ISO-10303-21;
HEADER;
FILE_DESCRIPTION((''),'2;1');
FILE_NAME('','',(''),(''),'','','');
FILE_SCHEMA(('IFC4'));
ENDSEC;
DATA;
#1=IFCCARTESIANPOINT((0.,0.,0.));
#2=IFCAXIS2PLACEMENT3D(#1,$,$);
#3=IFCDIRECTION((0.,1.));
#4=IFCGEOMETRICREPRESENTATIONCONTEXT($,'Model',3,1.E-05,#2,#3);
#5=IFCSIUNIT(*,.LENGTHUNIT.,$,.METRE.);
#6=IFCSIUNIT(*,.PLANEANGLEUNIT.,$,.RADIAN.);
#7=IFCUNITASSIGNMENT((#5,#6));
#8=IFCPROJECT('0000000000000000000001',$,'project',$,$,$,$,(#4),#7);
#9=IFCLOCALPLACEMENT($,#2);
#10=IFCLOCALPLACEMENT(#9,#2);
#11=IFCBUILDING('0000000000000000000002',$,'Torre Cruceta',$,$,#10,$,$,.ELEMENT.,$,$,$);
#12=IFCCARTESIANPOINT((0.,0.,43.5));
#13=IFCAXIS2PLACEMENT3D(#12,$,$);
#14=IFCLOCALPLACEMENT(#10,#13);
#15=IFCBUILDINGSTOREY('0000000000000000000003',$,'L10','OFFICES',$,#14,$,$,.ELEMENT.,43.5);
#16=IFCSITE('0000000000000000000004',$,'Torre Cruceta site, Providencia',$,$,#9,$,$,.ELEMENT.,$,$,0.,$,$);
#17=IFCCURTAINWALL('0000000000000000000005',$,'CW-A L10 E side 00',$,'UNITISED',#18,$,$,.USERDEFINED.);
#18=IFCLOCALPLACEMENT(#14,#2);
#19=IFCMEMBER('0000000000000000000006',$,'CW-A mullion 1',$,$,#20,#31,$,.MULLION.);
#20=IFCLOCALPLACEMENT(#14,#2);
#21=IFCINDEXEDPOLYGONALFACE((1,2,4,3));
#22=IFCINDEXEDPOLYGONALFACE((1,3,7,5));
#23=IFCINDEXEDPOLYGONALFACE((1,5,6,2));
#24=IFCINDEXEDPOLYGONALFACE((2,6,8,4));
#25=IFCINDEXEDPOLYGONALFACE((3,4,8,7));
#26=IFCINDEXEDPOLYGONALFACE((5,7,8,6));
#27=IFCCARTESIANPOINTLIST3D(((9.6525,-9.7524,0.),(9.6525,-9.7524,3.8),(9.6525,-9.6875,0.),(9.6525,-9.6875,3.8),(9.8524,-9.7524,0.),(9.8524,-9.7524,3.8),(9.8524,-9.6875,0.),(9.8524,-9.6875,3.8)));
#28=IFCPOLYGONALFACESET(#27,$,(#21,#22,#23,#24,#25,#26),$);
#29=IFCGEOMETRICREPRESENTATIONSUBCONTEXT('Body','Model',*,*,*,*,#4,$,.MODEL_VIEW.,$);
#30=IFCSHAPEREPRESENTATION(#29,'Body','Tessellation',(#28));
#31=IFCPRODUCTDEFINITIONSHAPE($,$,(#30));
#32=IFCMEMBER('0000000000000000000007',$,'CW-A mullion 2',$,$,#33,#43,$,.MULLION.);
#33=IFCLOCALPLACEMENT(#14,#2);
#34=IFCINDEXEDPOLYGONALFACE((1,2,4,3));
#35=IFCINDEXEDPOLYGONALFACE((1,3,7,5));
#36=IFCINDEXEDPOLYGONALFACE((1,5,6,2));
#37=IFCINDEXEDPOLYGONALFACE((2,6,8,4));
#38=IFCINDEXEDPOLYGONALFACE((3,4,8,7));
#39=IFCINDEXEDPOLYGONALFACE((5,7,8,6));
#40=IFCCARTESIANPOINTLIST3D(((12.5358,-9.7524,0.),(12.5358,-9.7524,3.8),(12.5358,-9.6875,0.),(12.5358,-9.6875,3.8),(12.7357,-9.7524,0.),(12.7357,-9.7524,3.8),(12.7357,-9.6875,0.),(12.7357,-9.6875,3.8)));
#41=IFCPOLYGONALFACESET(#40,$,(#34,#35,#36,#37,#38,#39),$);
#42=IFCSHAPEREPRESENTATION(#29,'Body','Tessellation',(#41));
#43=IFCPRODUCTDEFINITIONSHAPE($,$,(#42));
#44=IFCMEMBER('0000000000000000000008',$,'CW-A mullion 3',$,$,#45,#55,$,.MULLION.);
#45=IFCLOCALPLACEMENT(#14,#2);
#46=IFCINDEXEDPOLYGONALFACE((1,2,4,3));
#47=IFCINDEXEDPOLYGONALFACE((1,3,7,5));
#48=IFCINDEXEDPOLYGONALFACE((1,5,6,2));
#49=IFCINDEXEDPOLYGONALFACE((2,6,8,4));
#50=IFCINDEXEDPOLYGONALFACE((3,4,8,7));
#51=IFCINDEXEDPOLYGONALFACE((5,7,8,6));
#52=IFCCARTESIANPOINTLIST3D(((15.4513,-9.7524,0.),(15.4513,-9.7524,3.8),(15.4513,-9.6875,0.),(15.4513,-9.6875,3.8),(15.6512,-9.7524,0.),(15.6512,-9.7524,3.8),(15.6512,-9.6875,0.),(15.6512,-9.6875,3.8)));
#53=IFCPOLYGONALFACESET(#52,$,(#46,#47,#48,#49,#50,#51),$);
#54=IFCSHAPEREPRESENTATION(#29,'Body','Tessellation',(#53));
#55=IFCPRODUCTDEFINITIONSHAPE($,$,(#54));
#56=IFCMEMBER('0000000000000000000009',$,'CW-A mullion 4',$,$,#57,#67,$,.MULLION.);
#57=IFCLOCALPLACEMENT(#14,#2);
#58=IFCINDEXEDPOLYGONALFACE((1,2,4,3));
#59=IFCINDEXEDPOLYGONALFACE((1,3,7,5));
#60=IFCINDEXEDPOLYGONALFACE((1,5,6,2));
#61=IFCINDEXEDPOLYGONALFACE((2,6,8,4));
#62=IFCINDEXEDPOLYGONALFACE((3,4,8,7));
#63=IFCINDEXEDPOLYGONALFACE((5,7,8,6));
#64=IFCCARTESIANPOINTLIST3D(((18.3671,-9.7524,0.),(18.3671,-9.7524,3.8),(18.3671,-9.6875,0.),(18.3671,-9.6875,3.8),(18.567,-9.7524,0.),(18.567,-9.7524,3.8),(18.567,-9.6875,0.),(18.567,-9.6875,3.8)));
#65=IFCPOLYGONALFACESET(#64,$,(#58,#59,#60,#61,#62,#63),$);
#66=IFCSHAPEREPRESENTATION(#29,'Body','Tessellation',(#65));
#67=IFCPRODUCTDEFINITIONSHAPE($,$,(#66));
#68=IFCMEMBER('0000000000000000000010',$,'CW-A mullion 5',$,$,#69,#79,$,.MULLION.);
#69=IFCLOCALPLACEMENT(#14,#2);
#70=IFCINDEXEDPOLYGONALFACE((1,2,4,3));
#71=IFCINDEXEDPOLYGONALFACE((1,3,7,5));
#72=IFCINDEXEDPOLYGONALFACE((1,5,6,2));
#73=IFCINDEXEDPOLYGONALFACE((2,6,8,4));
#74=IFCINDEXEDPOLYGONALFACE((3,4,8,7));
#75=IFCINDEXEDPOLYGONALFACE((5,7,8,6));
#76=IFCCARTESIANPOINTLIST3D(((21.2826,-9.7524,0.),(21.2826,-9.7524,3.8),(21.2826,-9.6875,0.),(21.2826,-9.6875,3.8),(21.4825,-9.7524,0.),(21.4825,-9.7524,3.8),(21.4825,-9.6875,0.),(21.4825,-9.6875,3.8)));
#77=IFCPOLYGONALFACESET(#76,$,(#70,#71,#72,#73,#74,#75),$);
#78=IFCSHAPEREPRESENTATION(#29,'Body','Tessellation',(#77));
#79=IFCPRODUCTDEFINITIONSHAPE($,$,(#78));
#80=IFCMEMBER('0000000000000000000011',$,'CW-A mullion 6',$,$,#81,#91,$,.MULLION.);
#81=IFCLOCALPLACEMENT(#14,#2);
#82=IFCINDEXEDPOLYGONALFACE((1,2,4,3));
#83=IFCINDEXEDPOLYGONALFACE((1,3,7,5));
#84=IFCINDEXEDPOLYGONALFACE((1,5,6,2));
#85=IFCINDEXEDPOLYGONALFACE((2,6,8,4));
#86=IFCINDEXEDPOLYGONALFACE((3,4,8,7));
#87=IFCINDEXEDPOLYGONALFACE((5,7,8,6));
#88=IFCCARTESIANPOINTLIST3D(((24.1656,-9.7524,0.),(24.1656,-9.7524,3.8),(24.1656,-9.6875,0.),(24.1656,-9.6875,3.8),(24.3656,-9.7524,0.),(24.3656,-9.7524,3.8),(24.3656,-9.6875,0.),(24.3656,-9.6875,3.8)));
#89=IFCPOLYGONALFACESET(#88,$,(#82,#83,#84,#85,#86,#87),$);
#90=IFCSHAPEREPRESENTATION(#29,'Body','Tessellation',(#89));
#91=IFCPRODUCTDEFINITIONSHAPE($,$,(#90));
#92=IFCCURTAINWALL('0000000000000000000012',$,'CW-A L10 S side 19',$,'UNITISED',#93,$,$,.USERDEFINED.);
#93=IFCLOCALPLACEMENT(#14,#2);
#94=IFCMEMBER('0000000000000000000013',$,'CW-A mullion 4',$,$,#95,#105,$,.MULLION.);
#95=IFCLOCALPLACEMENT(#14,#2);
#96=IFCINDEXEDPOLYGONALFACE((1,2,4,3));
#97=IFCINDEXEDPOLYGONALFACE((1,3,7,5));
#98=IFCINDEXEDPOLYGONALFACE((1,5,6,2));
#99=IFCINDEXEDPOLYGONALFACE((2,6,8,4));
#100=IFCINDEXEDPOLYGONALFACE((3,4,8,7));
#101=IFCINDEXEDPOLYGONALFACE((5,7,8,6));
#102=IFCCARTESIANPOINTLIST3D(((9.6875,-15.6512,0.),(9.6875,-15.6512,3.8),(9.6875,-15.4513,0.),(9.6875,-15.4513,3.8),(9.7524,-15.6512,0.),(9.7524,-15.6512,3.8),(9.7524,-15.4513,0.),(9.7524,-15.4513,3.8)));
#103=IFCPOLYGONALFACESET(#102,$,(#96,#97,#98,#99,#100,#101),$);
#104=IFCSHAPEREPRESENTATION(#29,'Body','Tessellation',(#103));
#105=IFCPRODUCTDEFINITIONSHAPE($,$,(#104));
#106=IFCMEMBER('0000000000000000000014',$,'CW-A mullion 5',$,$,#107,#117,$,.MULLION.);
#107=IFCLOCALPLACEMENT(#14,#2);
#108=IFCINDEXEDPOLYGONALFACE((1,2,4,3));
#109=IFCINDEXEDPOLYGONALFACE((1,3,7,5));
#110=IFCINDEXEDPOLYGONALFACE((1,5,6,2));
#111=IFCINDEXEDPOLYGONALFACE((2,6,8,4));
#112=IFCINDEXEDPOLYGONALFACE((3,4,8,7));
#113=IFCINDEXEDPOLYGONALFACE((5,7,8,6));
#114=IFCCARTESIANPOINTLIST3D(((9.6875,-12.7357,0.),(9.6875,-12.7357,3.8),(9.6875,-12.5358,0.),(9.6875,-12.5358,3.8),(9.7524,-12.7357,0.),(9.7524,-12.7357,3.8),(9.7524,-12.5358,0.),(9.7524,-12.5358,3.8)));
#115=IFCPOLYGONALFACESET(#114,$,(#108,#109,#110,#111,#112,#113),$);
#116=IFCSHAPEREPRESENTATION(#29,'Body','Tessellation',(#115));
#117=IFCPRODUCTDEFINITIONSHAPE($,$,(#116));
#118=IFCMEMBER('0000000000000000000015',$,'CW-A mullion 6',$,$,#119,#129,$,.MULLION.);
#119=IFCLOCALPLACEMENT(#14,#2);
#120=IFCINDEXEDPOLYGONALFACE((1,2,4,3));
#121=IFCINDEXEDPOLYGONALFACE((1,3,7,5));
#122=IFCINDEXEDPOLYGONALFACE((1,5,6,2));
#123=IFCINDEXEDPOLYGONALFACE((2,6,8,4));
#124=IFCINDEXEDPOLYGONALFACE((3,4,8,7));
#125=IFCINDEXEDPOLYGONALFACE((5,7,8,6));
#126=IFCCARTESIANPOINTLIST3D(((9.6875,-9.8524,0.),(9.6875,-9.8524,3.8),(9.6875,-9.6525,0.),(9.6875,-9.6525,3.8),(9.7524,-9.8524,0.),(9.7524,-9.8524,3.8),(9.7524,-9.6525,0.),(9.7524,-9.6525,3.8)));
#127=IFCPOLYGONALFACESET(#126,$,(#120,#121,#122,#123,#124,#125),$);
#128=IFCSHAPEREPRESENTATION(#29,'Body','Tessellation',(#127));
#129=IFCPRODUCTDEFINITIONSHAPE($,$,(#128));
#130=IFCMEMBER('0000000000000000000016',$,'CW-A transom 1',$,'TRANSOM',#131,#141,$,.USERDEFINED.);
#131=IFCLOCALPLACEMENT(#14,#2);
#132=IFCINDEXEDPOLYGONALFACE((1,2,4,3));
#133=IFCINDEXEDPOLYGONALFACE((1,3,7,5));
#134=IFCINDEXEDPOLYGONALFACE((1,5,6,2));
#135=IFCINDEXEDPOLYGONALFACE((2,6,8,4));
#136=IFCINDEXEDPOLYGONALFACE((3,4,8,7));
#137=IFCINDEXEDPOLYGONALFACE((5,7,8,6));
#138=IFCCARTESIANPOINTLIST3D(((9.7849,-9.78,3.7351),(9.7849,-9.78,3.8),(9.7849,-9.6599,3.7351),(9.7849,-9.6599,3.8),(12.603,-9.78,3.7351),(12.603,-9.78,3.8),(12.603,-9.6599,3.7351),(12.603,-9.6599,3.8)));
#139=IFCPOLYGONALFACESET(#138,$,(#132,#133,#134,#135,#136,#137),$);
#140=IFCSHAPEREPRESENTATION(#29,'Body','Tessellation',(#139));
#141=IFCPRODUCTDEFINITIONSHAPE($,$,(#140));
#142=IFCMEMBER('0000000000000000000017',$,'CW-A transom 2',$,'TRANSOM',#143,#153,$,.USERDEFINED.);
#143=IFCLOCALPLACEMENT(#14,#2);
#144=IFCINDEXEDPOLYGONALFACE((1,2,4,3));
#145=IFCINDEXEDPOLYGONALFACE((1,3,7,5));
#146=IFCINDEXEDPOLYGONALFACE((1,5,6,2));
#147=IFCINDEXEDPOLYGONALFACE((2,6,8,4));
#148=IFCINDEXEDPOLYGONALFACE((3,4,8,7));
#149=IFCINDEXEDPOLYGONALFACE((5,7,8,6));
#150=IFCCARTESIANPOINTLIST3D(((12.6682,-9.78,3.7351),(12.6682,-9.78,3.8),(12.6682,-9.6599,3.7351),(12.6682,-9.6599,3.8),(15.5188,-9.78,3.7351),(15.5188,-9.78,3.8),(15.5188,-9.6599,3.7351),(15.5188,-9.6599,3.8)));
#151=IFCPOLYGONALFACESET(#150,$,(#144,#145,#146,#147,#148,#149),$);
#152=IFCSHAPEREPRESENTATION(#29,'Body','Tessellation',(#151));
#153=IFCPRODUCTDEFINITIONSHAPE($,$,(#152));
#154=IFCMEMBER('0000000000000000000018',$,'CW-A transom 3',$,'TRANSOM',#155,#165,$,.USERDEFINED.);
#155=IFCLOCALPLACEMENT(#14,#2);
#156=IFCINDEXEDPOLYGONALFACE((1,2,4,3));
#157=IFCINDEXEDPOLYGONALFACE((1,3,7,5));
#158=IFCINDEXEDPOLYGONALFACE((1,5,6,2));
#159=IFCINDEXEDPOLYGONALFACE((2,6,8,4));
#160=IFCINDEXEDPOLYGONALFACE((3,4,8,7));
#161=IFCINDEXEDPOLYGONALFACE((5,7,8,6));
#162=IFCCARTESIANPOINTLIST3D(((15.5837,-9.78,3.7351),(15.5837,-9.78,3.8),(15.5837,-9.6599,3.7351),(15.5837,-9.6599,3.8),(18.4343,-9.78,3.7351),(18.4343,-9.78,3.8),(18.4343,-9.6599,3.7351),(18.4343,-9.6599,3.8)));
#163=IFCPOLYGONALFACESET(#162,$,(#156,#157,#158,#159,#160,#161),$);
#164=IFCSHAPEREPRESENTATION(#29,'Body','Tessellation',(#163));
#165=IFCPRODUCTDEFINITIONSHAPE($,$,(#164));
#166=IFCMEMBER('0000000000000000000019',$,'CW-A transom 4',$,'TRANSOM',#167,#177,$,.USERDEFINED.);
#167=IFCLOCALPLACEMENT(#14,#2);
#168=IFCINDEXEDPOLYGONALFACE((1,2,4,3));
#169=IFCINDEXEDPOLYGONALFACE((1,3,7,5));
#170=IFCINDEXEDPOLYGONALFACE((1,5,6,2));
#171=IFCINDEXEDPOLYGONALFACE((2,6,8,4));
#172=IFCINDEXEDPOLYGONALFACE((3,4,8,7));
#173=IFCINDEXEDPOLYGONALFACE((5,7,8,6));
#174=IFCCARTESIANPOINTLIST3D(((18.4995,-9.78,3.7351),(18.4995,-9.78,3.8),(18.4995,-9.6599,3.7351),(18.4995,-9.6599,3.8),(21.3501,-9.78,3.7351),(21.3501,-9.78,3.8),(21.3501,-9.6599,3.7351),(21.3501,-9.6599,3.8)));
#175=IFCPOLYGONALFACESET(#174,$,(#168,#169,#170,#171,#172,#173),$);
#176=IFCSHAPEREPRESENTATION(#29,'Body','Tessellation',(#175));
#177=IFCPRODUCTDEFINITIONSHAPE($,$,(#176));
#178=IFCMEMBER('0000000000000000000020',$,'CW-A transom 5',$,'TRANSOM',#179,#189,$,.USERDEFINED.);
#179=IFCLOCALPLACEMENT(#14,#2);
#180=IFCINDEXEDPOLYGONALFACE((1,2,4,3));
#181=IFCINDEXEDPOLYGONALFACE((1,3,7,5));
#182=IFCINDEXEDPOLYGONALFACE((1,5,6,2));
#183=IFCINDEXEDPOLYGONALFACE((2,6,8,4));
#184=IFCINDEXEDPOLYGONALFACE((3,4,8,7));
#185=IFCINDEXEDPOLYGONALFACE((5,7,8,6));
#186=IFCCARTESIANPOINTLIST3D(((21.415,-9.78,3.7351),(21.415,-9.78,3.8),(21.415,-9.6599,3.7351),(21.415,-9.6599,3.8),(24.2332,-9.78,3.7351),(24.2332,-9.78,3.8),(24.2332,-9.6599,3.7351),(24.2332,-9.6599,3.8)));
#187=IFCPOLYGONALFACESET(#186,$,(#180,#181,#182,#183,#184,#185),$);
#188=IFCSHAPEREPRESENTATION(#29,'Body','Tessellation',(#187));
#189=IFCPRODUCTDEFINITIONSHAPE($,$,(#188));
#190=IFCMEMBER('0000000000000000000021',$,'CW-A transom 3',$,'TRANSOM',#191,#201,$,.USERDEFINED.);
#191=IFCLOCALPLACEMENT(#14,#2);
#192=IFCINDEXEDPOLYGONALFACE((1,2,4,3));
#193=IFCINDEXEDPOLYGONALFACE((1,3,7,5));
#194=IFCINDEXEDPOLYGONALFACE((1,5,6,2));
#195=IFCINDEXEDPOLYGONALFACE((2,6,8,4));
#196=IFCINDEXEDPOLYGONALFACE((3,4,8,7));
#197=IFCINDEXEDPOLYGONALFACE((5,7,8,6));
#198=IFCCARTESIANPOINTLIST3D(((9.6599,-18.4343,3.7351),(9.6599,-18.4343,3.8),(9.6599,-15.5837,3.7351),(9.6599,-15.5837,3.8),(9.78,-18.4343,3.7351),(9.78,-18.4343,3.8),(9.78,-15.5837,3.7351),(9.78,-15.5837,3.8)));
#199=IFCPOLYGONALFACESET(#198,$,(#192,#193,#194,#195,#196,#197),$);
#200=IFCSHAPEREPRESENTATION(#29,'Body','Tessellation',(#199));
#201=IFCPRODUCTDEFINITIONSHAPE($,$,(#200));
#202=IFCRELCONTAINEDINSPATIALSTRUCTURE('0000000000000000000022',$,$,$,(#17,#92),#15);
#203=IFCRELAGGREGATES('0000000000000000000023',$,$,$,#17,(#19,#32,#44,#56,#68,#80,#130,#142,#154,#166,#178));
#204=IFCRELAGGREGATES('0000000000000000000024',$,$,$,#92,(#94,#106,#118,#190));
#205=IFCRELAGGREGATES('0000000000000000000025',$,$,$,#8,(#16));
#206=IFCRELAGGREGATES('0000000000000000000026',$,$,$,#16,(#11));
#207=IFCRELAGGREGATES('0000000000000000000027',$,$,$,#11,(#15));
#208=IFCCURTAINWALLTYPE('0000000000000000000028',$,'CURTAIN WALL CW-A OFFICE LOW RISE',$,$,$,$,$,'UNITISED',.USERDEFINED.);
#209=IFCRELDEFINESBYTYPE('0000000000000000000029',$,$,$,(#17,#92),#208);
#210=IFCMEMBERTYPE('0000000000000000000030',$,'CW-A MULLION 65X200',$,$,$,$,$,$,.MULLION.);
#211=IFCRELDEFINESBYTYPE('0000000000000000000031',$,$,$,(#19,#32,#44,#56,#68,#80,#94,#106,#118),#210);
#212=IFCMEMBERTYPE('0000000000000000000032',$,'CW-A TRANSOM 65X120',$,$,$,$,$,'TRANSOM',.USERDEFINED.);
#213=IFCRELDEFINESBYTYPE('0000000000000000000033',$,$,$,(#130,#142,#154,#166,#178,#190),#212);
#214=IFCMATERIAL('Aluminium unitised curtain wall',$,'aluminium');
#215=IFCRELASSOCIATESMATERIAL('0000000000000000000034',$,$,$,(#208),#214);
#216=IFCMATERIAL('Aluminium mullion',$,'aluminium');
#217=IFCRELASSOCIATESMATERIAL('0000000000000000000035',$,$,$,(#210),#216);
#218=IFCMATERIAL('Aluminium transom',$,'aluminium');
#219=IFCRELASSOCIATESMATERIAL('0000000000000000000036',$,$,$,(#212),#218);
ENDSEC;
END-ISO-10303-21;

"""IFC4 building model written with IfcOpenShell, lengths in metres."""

from ifc_helpers import new_model, si_unit, direction, frame, origin, origin_2d, place, context, subcontext, project, spatial, rectangle, extrude, material, material_profile, profile_set, type_object, element, aggregate, save


model = new_model("IFC4")

# Units and contexts
model_context = context("Model", 3, precision=1e-05, world=origin(), true_north=direction((0.0, 1.0)))
body_context = subcontext(model_context, "Body", "Model", "MODEL_VIEW")
ifc_project = project(units=[si_unit("LENGTHUNIT", "METRE"), si_unit("PLANEANGLEUNIT", "RADIAN")], contexts=[model_context])

# Site, building, storey
site_placement = place(None, origin())
site = spatial("IfcSite", under=ifc_project, at=site_placement, Name="Torre Cruceta site, Providencia", CompositionType="ELEMENT", RefElevation=0.0)
building_placement = place(site_placement, origin())
building = spatial("IfcBuilding", under=site, at=building_placement, Name="Torre Cruceta", CompositionType="ELEMENT")
storey_placement = place(building_placement, frame((0.0, 0.0, 43.5)))
storey = spatial("IfcBuildingStorey", under=building, at=storey_placement, Name="L10", Description="OFFICES", CompositionType="ELEMENT", Elevation=43.5)

# Curtain walls, members
ifc_material_1 = material(Name="Aluminium unitised curtain wall", Category="aluminium")
curtain_wall_type = type_object("IfcCurtainWallType", Name="CURTAIN WALL CW-A OFFICE LOW RISE", ElementType="UNITISED", PredefinedType="USERDEFINED", material=ifc_material_1)
curtain_wall_1_placement = place(storey_placement, origin())
curtain_wall_1 = element("IfcCurtainWall", 1, at=curtain_wall_1_placement, inside=storey, type_object=curtain_wall_type, Name="CW-A L10 E side 00", ObjectType="UNITISED", PredefinedType="USERDEFINED")
ifc_material_2 = material(Name="Aluminium mullion", Category="aluminium")
ifc_material_profile_1 = material_profile(ifc_material_2, rectangle(XDim=0.0649, YDim=0.2, at=origin_2d()), Name="AL 65X200")
ifc_profile_set_1 = profile_set([ifc_material_profile_1], Name="Aluminium mullion")
member_type_1 = type_object("IfcMemberType", Name="CW-A MULLION 65X200", PredefinedType="MULLION", material=ifc_profile_set_1)
member_1_placement = place(storey_placement, frame((9.7524, -9.72, 0.0), z_axis=(0.0, 0.0, 1.0), x_axis=(0.0, 1.0, 0.0)))
member_1 = element("IfcMember", 2, at=member_1_placement, type_object=member_type_1, Name="CW-A mullion 1", PredefinedType="MULLION", context=body_context, shape_type="SweptSolid", body=[
    extrude(rectangle(XDim=0.0649, YDim=0.2, at=origin_2d()), origin(), (0.0, 0.0, 1.0), 3.8),
])
member_2_placement = place(storey_placement, frame((12.6357, -9.72, 0.0), z_axis=(0.0, 0.0, 1.0), x_axis=(0.0, 1.0, 0.0)))
member_2 = element("IfcMember", 3, at=member_2_placement, type_object=member_type_1, Name="CW-A mullion 2", PredefinedType="MULLION", context=body_context, shape_type="SweptSolid", body=[
    extrude(rectangle(XDim=0.0649, YDim=0.2, at=origin_2d()), origin(), (0.0, 0.0, 1.0), 3.8),
])
member_3_placement = place(storey_placement, frame((15.5513, -9.72, 0.0), z_axis=(0.0, 0.0, 1.0), x_axis=(0.0, 1.0, 0.0)))
member_3 = element("IfcMember", 4, at=member_3_placement, type_object=member_type_1, Name="CW-A mullion 3", PredefinedType="MULLION", context=body_context, shape_type="SweptSolid", body=[
    extrude(rectangle(XDim=0.0649, YDim=0.2, at=origin_2d()), origin(), (0.0, 0.0, 1.0), 3.8),
])
member_4_placement = place(storey_placement, frame((18.467, -9.72, 0.0), z_axis=(0.0, 0.0, 1.0), x_axis=(0.0, 1.0, 0.0)))
member_4 = element("IfcMember", 5, at=member_4_placement, type_object=member_type_1, Name="CW-A mullion 4", PredefinedType="MULLION", context=body_context, shape_type="SweptSolid", body=[
    extrude(rectangle(XDim=0.0649, YDim=0.2, at=origin_2d()), origin(), (0.0, 0.0, 1.0), 3.8),
])
member_5_placement = place(storey_placement, frame((21.3826, -9.72, 0.0), z_axis=(0.0, 0.0, 1.0), x_axis=(0.0, 1.0, 0.0)))
member_5 = element("IfcMember", 6, at=member_5_placement, type_object=member_type_1, Name="CW-A mullion 5", PredefinedType="MULLION", context=body_context, shape_type="SweptSolid", body=[
    extrude(rectangle(XDim=0.0649, YDim=0.2, at=origin_2d()), origin(), (0.0, 0.0, 1.0), 3.8),
])
member_6_placement = place(storey_placement, frame((24.2656, -9.72, 0.0), z_axis=(0.0, 0.0, 1.0), x_axis=(0.0, 1.0, 0.0)))
member_6 = element("IfcMember", 7, at=member_6_placement, type_object=member_type_1, Name="CW-A mullion 6", PredefinedType="MULLION", context=body_context, shape_type="SweptSolid", body=[
    extrude(rectangle(XDim=0.0649, YDim=0.2, at=origin_2d()), origin(), (0.0, 0.0, 1.0), 3.8),
])
curtain_wall_2_placement = place(storey_placement, origin())
curtain_wall_2 = element("IfcCurtainWall", 8, at=curtain_wall_2_placement, inside=storey, type_object=curtain_wall_type, Name="CW-A L10 S side 19", ObjectType="UNITISED", PredefinedType="USERDEFINED")
member_7_placement = place(storey_placement, frame((9.72, -15.5513, 0.0), z_axis=(0.0, 0.0, 1.0), x_axis=(-1.0, 0.0, 0.0)))
member_7 = element("IfcMember", 9, at=member_7_placement, type_object=member_type_1, Name="CW-A mullion 4", PredefinedType="MULLION", context=body_context, shape_type="SweptSolid", body=[
    extrude(rectangle(XDim=0.0649, YDim=0.2, at=origin_2d()), origin(), (0.0, 0.0, 1.0), 3.8),
])
member_8_placement = place(storey_placement, frame((9.72, -12.6357, 0.0), z_axis=(0.0, 0.0, 1.0), x_axis=(-1.0, 0.0, 0.0)))
member_8 = element("IfcMember", 10, at=member_8_placement, type_object=member_type_1, Name="CW-A mullion 5", PredefinedType="MULLION", context=body_context, shape_type="SweptSolid", body=[
    extrude(rectangle(XDim=0.0649, YDim=0.2, at=origin_2d()), origin(), (0.0, 0.0, 1.0), 3.8),
])
member_9_placement = place(storey_placement, frame((9.72, -9.7524, 0.0), z_axis=(0.0, 0.0, 1.0), x_axis=(-1.0, 0.0, 0.0)))
member_9 = element("IfcMember", 11, at=member_9_placement, type_object=member_type_1, Name="CW-A mullion 6", PredefinedType="MULLION", context=body_context, shape_type="SweptSolid", body=[
    extrude(rectangle(XDim=0.0649, YDim=0.2, at=origin_2d()), origin(), (0.0, 0.0, 1.0), 3.8),
])

# Members
ifc_material_3 = material(Name="Aluminium transom", Category="aluminium")
ifc_material_profile_2 = material_profile(ifc_material_3, rectangle(XDim=0.1201, YDim=0.0649, at=origin_2d()), Name="AL 120X65")
ifc_profile_set_2 = profile_set([ifc_material_profile_2], Name="Aluminium transom")
member_type_2 = type_object("IfcMemberType", Name="CW-A TRANSOM 65X120", ElementType="TRANSOM", PredefinedType="USERDEFINED", material=ifc_profile_set_2)
member_10_placement = place(storey_placement, frame((9.7849, -9.72, 3.7676), z_axis=(1.0, 0.0, 0.0), x_axis=(0.0, 1.0, 0.0)))
member_10 = element("IfcMember", 12, at=member_10_placement, type_object=member_type_2, Name="CW-A transom 1", ObjectType="TRANSOM", PredefinedType="USERDEFINED", context=body_context, shape_type="SweptSolid", body=[
    extrude(rectangle(XDim=0.1201, YDim=0.0649, at=origin_2d()), origin(), (0.0, 0.0, 1.0), 2.8181),
])
member_11_placement = place(storey_placement, frame((12.6682, -9.72, 3.7676), z_axis=(1.0, 0.0, 0.0), x_axis=(0.0, 1.0, 0.0)))
member_11 = element("IfcMember", 13, at=member_11_placement, type_object=member_type_2, Name="CW-A transom 2", ObjectType="TRANSOM", PredefinedType="USERDEFINED", context=body_context, shape_type="SweptSolid", body=[
    extrude(rectangle(XDim=0.1201, YDim=0.0649, at=origin_2d()), origin(), (0.0, 0.0, 1.0), 2.8506),
])
member_12_placement = place(storey_placement, frame((15.5837, -9.72, 3.7676), z_axis=(1.0, 0.0, 0.0), x_axis=(0.0, 1.0, 0.0)))
member_12 = element("IfcMember", 14, at=member_12_placement, type_object=member_type_2, Name="CW-A transom 3", ObjectType="TRANSOM", PredefinedType="USERDEFINED", context=body_context, shape_type="SweptSolid", body=[
    extrude(rectangle(XDim=0.1201, YDim=0.0649, at=origin_2d()), origin(), (0.0, 0.0, 1.0), 2.8506),
])
member_13_placement = place(storey_placement, frame((18.4995, -9.72, 3.7676), z_axis=(1.0, 0.0, 0.0), x_axis=(0.0, 1.0, 0.0)))
member_13 = element("IfcMember", 15, at=member_13_placement, type_object=member_type_2, Name="CW-A transom 4", ObjectType="TRANSOM", PredefinedType="USERDEFINED", context=body_context, shape_type="SweptSolid", body=[
    extrude(rectangle(XDim=0.1201, YDim=0.0649, at=origin_2d()), origin(), (0.0, 0.0, 1.0), 2.8506),
])
member_14_placement = place(storey_placement, frame((21.415, -9.72, 3.7676), z_axis=(1.0, 0.0, 0.0), x_axis=(0.0, 1.0, 0.0)))
member_14 = element("IfcMember", 16, at=member_14_placement, type_object=member_type_2, Name="CW-A transom 5", ObjectType="TRANSOM", PredefinedType="USERDEFINED", context=body_context, shape_type="SweptSolid", body=[
    extrude(rectangle(XDim=0.1201, YDim=0.0649, at=origin_2d()), origin(), (0.0, 0.0, 1.0), 2.8181),
])
member_15_placement = place(storey_placement, frame((9.72, -18.4343, 3.7676), z_axis=(0.0, 1.0, 0.0), x_axis=(-1.0, 0.0, 0.0)))
member_15 = element("IfcMember", 17, at=member_15_placement, type_object=member_type_2, Name="CW-A transom 3", ObjectType="TRANSOM", PredefinedType="USERDEFINED", context=body_context, shape_type="SweptSolid", body=[
    extrude(rectangle(XDim=0.1201, YDim=0.0649, at=origin_2d()), origin(), (0.0, 0.0, 1.0), 2.8506),
])

aggregate(curtain_wall_1, [member_1, member_2, member_3, member_4, member_5, member_6, member_10, member_11, member_12, member_13, member_14])
aggregate(curtain_wall_2, [member_7, member_8, member_9, member_15])

save(model, "model.ifc")
